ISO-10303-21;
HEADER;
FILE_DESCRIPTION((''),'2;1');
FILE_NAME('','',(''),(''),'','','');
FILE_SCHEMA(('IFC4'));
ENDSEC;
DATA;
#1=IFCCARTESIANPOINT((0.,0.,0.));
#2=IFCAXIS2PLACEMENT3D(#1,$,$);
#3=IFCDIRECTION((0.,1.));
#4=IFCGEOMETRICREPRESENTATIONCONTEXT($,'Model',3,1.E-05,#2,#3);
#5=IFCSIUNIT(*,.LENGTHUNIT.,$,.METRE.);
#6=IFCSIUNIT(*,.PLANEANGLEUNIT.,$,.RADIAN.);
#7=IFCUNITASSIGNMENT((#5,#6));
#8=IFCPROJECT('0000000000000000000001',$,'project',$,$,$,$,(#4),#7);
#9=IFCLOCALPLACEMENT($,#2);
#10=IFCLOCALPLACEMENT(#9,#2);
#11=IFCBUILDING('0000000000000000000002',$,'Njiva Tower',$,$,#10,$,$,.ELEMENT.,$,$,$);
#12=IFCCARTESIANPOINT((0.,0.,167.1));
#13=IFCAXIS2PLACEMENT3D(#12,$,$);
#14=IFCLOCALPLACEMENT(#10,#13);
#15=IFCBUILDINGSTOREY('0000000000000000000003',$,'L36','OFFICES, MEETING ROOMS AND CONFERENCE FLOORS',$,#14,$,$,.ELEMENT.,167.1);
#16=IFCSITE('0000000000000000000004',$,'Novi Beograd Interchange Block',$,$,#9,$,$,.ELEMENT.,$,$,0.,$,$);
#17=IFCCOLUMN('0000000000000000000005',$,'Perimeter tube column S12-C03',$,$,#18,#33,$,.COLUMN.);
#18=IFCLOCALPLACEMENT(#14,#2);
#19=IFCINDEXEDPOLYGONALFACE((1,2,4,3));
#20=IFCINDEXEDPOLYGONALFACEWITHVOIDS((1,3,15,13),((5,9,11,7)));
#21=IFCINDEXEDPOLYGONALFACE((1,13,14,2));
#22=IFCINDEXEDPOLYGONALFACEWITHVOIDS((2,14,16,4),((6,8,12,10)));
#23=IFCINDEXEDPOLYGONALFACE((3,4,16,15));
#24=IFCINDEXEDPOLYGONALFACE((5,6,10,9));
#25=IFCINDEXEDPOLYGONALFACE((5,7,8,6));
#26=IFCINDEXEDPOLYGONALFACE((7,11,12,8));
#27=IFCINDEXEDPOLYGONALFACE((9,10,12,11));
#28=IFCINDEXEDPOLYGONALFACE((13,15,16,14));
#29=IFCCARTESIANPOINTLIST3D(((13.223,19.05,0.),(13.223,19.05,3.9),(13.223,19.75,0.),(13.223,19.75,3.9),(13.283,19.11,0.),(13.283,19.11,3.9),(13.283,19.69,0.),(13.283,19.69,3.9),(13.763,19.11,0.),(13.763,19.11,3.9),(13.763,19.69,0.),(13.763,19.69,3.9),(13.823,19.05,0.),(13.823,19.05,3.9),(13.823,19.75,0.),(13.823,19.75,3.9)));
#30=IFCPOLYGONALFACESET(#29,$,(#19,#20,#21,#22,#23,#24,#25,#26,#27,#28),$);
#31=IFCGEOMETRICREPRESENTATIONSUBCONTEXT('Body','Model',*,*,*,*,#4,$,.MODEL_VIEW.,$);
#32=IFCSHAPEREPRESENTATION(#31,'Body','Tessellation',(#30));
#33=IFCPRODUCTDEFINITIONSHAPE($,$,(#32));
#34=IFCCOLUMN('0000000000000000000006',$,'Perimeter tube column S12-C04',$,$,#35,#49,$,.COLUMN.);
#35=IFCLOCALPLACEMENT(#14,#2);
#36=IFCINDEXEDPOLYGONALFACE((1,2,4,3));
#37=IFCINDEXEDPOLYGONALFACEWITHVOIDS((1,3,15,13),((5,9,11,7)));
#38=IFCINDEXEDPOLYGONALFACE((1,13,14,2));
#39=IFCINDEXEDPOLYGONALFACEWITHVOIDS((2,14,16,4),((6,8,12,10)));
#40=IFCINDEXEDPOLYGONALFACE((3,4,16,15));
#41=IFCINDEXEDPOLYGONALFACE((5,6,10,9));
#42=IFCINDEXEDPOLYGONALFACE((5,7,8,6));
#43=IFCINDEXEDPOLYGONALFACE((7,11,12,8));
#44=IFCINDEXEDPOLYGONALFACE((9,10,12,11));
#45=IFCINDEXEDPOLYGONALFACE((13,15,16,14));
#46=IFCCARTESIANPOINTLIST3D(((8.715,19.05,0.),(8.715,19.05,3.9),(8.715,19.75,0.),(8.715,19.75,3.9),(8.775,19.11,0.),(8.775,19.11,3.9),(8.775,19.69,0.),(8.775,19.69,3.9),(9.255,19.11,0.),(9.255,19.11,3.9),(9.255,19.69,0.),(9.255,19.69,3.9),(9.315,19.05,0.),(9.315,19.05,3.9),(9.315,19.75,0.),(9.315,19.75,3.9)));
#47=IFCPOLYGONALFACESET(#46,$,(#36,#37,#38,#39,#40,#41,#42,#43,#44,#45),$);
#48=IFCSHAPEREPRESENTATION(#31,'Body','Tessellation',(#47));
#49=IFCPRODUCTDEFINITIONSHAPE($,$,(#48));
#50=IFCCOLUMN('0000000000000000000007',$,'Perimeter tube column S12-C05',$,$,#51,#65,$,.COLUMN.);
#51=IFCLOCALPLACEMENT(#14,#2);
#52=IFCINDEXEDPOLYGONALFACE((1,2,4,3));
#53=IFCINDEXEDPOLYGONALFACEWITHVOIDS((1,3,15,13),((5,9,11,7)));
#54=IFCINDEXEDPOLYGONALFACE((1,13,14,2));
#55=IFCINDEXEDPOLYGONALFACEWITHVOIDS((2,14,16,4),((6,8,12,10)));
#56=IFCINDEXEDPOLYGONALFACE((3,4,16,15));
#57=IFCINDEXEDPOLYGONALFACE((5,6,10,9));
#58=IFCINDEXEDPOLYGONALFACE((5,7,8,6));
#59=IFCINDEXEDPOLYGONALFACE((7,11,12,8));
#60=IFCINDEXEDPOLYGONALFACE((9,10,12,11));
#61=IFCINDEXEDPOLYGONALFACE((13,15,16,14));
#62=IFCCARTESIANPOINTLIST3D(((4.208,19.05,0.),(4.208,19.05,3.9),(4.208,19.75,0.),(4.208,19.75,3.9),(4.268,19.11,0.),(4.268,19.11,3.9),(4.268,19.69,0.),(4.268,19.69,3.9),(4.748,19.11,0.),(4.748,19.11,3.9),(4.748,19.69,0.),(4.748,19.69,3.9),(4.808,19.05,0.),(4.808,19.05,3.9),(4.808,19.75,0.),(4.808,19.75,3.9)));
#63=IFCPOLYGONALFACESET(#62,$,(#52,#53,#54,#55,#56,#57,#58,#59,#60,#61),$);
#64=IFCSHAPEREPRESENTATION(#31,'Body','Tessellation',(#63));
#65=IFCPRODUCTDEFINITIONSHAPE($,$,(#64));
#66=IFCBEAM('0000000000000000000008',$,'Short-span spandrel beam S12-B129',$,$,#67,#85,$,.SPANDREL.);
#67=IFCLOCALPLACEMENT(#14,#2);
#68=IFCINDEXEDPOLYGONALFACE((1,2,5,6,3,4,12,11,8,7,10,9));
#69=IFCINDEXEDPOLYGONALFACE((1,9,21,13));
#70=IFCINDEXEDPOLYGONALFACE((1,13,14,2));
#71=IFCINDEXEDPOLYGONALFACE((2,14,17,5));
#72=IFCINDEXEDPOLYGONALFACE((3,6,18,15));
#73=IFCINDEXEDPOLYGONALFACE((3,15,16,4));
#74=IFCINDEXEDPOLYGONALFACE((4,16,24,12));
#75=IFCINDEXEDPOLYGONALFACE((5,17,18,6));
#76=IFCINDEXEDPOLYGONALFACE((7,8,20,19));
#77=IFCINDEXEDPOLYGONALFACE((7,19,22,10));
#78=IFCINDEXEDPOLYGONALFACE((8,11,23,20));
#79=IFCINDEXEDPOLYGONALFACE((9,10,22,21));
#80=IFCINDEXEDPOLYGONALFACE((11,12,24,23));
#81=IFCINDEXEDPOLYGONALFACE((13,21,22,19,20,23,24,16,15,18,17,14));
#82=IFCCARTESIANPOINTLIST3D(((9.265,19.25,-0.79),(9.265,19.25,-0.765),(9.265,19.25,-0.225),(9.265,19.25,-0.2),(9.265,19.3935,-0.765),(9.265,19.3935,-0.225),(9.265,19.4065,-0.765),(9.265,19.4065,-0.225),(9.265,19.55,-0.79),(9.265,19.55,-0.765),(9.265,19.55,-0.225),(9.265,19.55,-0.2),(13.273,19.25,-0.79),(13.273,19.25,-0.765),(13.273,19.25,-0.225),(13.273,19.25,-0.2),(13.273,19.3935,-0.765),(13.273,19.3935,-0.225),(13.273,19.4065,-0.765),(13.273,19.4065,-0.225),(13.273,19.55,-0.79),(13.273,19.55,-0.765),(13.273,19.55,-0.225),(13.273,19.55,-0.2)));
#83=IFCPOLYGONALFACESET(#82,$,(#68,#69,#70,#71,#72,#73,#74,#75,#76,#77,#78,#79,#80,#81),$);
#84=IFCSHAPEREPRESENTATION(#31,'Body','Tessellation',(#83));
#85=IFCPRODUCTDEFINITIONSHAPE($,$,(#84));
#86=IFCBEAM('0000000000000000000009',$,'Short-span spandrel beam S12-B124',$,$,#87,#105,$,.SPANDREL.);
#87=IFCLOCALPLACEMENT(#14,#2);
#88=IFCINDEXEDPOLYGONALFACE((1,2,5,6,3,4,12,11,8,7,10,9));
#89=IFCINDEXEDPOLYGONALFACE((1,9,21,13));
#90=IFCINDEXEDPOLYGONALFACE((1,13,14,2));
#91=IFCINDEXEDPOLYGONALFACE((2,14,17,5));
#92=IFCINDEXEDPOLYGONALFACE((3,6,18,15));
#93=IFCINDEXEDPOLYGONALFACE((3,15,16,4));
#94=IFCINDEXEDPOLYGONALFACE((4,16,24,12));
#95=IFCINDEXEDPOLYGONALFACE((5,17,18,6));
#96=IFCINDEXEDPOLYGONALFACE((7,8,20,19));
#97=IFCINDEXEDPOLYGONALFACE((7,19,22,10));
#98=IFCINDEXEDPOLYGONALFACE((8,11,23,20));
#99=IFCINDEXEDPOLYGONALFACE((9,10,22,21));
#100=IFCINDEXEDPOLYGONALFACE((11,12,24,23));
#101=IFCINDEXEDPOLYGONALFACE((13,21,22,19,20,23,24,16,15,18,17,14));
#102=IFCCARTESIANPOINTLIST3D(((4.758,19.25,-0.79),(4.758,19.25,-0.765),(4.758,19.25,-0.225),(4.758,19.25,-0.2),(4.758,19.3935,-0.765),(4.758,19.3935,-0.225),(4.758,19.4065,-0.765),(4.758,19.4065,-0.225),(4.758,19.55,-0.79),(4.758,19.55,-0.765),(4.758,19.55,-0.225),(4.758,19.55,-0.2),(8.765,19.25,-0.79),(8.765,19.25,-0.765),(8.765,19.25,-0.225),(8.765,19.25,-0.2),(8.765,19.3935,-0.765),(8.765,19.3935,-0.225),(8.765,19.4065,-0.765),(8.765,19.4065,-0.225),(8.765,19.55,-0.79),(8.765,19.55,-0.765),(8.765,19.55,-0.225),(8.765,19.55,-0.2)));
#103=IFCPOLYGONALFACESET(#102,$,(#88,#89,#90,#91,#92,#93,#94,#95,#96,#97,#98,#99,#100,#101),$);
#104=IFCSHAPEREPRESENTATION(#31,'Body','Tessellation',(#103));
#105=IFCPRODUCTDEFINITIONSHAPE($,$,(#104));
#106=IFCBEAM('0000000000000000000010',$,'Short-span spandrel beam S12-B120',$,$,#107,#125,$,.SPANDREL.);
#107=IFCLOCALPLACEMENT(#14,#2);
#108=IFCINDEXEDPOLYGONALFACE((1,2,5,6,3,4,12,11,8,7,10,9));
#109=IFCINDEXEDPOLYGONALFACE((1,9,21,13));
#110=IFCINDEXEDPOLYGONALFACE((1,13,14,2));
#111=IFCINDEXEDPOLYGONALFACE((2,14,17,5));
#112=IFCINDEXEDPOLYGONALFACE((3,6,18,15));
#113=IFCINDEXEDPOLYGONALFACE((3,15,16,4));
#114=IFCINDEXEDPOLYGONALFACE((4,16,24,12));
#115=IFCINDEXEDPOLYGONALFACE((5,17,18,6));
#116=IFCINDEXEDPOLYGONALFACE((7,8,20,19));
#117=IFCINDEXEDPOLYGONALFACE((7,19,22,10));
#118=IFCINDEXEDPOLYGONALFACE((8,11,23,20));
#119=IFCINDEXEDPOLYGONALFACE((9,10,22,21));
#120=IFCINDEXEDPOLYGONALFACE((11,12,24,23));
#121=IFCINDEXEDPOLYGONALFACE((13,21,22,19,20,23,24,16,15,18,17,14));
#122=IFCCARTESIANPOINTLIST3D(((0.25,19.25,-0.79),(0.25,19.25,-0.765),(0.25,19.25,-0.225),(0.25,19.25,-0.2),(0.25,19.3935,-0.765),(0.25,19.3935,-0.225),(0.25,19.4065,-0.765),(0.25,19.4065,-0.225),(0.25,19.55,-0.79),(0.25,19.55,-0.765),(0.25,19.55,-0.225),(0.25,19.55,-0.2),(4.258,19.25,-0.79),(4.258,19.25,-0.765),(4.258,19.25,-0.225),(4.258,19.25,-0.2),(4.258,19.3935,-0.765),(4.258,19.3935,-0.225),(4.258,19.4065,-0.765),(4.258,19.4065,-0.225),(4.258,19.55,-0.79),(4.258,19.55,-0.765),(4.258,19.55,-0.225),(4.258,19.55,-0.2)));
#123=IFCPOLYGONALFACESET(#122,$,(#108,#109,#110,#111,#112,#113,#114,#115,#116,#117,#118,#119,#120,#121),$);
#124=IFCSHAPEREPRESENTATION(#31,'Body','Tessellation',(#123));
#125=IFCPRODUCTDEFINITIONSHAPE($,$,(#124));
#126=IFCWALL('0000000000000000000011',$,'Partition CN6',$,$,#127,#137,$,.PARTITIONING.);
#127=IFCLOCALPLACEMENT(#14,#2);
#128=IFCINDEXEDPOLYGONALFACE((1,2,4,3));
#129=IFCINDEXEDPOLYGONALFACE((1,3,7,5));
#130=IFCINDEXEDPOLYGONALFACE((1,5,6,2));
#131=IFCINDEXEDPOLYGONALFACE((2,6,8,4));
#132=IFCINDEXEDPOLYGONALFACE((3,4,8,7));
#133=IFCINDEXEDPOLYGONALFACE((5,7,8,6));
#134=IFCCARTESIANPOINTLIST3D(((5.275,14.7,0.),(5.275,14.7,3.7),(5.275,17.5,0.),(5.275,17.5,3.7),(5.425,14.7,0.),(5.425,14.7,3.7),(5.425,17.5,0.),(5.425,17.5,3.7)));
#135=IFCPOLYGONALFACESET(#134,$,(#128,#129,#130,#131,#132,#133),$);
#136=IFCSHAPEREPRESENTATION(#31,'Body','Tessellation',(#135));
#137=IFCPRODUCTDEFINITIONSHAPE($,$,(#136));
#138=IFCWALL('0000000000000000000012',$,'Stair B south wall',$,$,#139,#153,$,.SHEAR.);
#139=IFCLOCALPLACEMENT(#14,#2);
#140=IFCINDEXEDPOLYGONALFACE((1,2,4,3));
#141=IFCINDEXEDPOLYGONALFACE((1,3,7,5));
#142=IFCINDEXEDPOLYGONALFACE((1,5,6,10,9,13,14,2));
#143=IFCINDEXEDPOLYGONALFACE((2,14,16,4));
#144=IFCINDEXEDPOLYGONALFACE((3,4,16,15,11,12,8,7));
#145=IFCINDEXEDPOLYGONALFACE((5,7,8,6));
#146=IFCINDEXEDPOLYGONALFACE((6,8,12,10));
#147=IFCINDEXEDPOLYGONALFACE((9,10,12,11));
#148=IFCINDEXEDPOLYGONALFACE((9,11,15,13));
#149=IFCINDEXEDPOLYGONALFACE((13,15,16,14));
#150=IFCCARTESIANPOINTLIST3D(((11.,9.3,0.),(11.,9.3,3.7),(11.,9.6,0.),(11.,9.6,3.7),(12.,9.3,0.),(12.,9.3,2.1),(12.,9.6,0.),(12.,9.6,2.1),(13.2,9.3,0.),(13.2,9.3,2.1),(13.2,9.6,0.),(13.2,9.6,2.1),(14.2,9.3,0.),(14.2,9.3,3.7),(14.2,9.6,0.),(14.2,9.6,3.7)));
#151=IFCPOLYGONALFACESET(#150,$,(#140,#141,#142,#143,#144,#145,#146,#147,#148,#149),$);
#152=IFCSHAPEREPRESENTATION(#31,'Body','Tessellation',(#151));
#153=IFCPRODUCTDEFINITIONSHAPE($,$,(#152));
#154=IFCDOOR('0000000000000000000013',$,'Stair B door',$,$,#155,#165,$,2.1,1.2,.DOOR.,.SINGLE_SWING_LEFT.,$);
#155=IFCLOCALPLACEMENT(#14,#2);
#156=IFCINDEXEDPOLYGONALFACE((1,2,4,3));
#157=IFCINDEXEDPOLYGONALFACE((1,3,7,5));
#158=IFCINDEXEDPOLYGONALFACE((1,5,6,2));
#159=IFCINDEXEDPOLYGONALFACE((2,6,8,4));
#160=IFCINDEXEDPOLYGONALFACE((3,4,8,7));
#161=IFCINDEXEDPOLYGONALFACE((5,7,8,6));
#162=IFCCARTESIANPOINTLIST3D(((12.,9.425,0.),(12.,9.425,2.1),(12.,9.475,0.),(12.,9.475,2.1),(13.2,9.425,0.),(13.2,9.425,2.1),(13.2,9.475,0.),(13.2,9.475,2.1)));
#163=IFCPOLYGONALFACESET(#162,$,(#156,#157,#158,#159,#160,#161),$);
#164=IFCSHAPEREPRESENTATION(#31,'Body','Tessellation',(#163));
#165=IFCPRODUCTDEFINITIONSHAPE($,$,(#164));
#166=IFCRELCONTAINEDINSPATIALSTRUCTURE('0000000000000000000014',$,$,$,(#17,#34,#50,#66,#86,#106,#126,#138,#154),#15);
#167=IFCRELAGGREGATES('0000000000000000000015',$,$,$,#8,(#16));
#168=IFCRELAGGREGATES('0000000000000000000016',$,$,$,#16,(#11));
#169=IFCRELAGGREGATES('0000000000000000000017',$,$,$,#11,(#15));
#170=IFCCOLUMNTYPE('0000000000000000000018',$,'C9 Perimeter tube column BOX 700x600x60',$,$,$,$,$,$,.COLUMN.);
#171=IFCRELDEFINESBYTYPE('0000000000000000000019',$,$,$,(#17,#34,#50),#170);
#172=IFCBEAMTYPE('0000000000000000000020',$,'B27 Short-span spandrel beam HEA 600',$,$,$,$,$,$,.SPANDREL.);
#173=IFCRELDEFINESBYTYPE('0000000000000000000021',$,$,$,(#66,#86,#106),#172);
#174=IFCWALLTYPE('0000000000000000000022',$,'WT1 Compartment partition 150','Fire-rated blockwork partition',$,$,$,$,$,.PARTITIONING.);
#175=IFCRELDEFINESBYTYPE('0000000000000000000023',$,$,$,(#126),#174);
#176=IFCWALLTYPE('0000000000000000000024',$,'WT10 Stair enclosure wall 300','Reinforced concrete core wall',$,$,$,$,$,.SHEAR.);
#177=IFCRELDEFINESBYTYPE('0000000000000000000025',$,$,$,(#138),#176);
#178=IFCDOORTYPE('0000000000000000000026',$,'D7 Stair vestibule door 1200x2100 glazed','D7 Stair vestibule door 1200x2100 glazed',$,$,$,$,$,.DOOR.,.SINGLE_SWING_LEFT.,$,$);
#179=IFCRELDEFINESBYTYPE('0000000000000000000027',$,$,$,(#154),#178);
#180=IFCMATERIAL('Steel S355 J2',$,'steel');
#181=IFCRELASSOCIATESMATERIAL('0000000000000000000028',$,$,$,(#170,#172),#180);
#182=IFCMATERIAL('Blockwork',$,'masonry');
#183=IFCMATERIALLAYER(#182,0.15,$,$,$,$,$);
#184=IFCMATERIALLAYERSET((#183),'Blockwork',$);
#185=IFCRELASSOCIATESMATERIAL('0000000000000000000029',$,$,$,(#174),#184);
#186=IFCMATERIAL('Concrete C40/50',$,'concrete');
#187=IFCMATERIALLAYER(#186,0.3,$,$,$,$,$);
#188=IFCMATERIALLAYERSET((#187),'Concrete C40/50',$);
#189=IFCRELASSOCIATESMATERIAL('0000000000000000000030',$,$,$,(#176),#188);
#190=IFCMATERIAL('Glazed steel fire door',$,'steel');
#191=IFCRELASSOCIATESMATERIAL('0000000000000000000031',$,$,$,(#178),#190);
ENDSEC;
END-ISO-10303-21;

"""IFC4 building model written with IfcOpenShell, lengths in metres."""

from ifc_helpers import new_model, si_unit, direction, frame, frame_2d, origin, origin_2d, place, context, subcontext, project, spatial, rectangle, hollow_rectangle, i_section, extrude, material, layer, layer_set, material_profile, profile_set, type_object, element, fill, save


model = new_model("IFC4")

# Units and contexts
model_context = context("Model", 3, precision=1e-05, world=origin(), true_north=direction((0.0, 1.0)))
body_context = subcontext(model_context, "Body", "Model", "MODEL_VIEW")
ifc_project = project(units=[si_unit("LENGTHUNIT", "METRE"), si_unit("PLANEANGLEUNIT", "RADIAN")], contexts=[model_context])

# Site, building, storey
site_placement = place(None, origin())
site = spatial("IfcSite", under=ifc_project, at=site_placement, Name="Novi Beograd Interchange Block", CompositionType="ELEMENT", RefElevation=0.0)
building_placement = place(site_placement, origin())
building = spatial("IfcBuilding", under=site, at=building_placement, Name="Njiva Tower", CompositionType="ELEMENT")
storey_placement = place(building_placement, frame((0.0, 0.0, 167.1)))
storey = spatial("IfcBuildingStorey", under=building, at=storey_placement, Name="L36", Description="OFFICES, MEETING ROOMS AND CONFERENCE FLOORS", CompositionType="ELEMENT", Elevation=167.1)

# Columns
ifc_material_1 = material(Name="Steel S355 J2", Category="steel")
ifc_material_profile_1 = material_profile(ifc_material_1, hollow_rectangle(XDim=0.6, YDim=0.7, WallThickness=0.06, at=origin_2d()), Name="BOX 700x600x60")
ifc_profile_set_1 = profile_set([ifc_material_profile_1], Name="Steel S355 J2")
column_type = type_object("IfcColumnType", Name="C9 Perimeter tube column BOX 700x600x60", PredefinedType="COLUMN", material=ifc_profile_set_1)
for number, where, z_axis, x_axis, name in (
    (1, (13.523, 19.4, 0.0), (0.0, 0.0, 1.0), (-1.0, 0.0, 0.0), "Perimeter tube column S12-C03"),
    (2, (9.015, 19.4, 0.0), (0.0, 0.0, 1.0), (-1.0, 0.0, 0.0), "Perimeter tube column S12-C04"),
    (3, (4.508, 19.4, 0.0), (0.0, 0.0, 1.0), (-1.0, 0.0, 0.0), "Perimeter tube column S12-C05"),
):
    element("IfcColumn", number, at=place(storey_placement, frame(where, z_axis=z_axis, x_axis=x_axis)), inside=storey, type_object=column_type, Name=name, PredefinedType="COLUMN", context=body_context, shape_type="SweptSolid", body=[
        extrude(hollow_rectangle(XDim=0.6, YDim=0.7, WallThickness=0.06, at=origin_2d()), origin(), (0.0, 0.0, 1.0), 3.9),
    ])

# Beams
ifc_material_profile_2 = material_profile(ifc_material_1, i_section(OverallWidth=0.3, OverallDepth=0.59, WebThickness=0.013, FlangeThickness=0.025, at=origin_2d()), Name="HEA 600")
ifc_profile_set_2 = profile_set([ifc_material_profile_2], Name="Steel S355 J2")
beam_type = type_object("IfcBeamType", Name="B27 Short-span spandrel beam HEA 600", PredefinedType="SPANDREL", material=ifc_profile_set_2)
beam_1_placement = place(storey_placement, frame((13.273, 19.4, -0.495), z_axis=(-1.0, 0.0, 0.0), x_axis=(0.0, -1.0, 0.0)))
element("IfcBeam", 4, at=beam_1_placement, inside=storey, type_object=beam_type, Name="Short-span spandrel beam S12-B129", PredefinedType="SPANDREL", context=body_context, shape_type="SweptSolid", body=[
    extrude(i_section(OverallWidth=0.3, OverallDepth=0.59, WebThickness=0.013, FlangeThickness=0.025, at=origin_2d()), origin(), (0.0, 0.0, 1.0), 4.008),
])
beam_2_placement = place(storey_placement, frame((8.765, 19.4, -0.495), z_axis=(-1.0, 0.0, 0.0), x_axis=(0.0, -1.0, 0.0)))
element("IfcBeam", 5, at=beam_2_placement, inside=storey, type_object=beam_type, Name="Short-span spandrel beam S12-B124", PredefinedType="SPANDREL", context=body_context, shape_type="SweptSolid", body=[
    extrude(i_section(OverallWidth=0.3, OverallDepth=0.59, WebThickness=0.013, FlangeThickness=0.025, at=origin_2d()), origin(), (0.0, 0.0, 1.0), 4.007),
])
beam_3_placement = place(storey_placement, frame((4.258, 19.4, -0.495), z_axis=(-1.0, 0.0, 0.0), x_axis=(0.0, -1.0, 0.0)))
element("IfcBeam", 6, at=beam_3_placement, inside=storey, type_object=beam_type, Name="Short-span spandrel beam S12-B120", PredefinedType="SPANDREL", context=body_context, shape_type="SweptSolid", body=[
    extrude(i_section(OverallWidth=0.3, OverallDepth=0.59, WebThickness=0.013, FlangeThickness=0.025, at=origin_2d()), origin(), (0.0, 0.0, 1.0), 4.008),
])

# Wall
ifc_material_2 = material(Name="Blockwork", Category="masonry")
ifc_layer_1 = layer(ifc_material_2, 0.15)
ifc_layer_set_1 = layer_set([ifc_layer_1], Name="Blockwork")
wall_type_1 = type_object("IfcWallType", Name="WT1 Compartment partition 150", Description="Fire-rated blockwork partition", PredefinedType="PARTITIONING", material=ifc_layer_set_1)
wall_1_placement = place(storey_placement, frame((5.35, 14.7, 0.0), z_axis=(0.0, 0.0, 1.0), x_axis=(0.0, 1.0, 0.0)))
element("IfcWall", 7, at=wall_1_placement, inside=storey, type_object=wall_type_1, Name="Partition CN6", PredefinedType="PARTITIONING", context=body_context, shape_type="SweptSolid", body=[
    extrude(rectangle(XDim=2.8, YDim=0.15, at=frame_2d((1.4, 0.0))), origin(), (0.0, 0.0, 1.0), 3.7),
])

# Wall, opening, door
ifc_material_3 = material(Name="Concrete C40/50", Category="concrete")
ifc_layer_2 = layer(ifc_material_3, 0.3)
ifc_layer_set_2 = layer_set([ifc_layer_2], Name="Concrete C40/50")
wall_type_2 = type_object("IfcWallType", Name="WT10 Stair enclosure wall 300", Description="Reinforced concrete core wall", PredefinedType="SHEAR", material=ifc_layer_set_2)
wall_2_placement = place(storey_placement, frame((11.0, 9.45, 0.0), z_axis=(0.0, 0.0, 1.0), x_axis=(1.0, 0.0, 0.0)))
wall_2 = element("IfcWall", 8, at=wall_2_placement, inside=storey, type_object=wall_type_2, Name="Stair B south wall", PredefinedType="SHEAR", context=body_context, shape_type="SweptSolid", body=[
    extrude(rectangle(XDim=3.2, YDim=0.3, at=frame_2d((1.6, 0.0))), origin(), (0.0, 0.0, 1.0), 3.7),
])
opening_1_placement = place(wall_2_placement, frame((1.0, 0.0, 0.0)))
opening_1 = element("IfcOpeningElement", 9, at=opening_1_placement, cuts=wall_2, PredefinedType="OPENING", context=body_context, shape_type="SweptSolid", body=[
    extrude(rectangle(XDim=1.2, YDim=2.1, at=frame_2d((0.6, 1.05))), frame((0.0, 0.16, 0.0), z_axis=(0.0, -1.0, 0.0), x_axis=(1.0, 0.0, 0.0)), (0.0, 0.0, 1.0), 0.32),
])
ifc_material_4 = material(Name="Glazed steel fire door", Category="steel")
door_type_1 = type_object("IfcDoorType", Name="D7 Stair vestibule door 1200x2100 glazed", Description="D7 Stair vestibule door 1200x2100 glazed", OperationType="SINGLE_SWING_LEFT", PredefinedType="DOOR", material=ifc_material_4)
door_1_placement = place(opening_1_placement, origin())
door_1 = element("IfcDoor", 10, at=door_1_placement, inside=storey, type_object=door_type_1, Name="Stair B door", OperationType="SINGLE_SWING_LEFT", OverallHeight=2.1, OverallWidth=1.2, PredefinedType="DOOR", context=body_context, shape_type="SweptSolid", body=[
    extrude(rectangle(XDim=1.2, YDim=2.1, at=frame_2d((0.6, 1.05))), frame((0.0, 0.025, 0.0), z_axis=(0.0, -1.0, 0.0), x_axis=(1.0, 0.0, 0.0)), (0.0, 0.0, 1.0), 0.05),
])
fill(opening_1, door_1)

save(model, "model.ifc")
